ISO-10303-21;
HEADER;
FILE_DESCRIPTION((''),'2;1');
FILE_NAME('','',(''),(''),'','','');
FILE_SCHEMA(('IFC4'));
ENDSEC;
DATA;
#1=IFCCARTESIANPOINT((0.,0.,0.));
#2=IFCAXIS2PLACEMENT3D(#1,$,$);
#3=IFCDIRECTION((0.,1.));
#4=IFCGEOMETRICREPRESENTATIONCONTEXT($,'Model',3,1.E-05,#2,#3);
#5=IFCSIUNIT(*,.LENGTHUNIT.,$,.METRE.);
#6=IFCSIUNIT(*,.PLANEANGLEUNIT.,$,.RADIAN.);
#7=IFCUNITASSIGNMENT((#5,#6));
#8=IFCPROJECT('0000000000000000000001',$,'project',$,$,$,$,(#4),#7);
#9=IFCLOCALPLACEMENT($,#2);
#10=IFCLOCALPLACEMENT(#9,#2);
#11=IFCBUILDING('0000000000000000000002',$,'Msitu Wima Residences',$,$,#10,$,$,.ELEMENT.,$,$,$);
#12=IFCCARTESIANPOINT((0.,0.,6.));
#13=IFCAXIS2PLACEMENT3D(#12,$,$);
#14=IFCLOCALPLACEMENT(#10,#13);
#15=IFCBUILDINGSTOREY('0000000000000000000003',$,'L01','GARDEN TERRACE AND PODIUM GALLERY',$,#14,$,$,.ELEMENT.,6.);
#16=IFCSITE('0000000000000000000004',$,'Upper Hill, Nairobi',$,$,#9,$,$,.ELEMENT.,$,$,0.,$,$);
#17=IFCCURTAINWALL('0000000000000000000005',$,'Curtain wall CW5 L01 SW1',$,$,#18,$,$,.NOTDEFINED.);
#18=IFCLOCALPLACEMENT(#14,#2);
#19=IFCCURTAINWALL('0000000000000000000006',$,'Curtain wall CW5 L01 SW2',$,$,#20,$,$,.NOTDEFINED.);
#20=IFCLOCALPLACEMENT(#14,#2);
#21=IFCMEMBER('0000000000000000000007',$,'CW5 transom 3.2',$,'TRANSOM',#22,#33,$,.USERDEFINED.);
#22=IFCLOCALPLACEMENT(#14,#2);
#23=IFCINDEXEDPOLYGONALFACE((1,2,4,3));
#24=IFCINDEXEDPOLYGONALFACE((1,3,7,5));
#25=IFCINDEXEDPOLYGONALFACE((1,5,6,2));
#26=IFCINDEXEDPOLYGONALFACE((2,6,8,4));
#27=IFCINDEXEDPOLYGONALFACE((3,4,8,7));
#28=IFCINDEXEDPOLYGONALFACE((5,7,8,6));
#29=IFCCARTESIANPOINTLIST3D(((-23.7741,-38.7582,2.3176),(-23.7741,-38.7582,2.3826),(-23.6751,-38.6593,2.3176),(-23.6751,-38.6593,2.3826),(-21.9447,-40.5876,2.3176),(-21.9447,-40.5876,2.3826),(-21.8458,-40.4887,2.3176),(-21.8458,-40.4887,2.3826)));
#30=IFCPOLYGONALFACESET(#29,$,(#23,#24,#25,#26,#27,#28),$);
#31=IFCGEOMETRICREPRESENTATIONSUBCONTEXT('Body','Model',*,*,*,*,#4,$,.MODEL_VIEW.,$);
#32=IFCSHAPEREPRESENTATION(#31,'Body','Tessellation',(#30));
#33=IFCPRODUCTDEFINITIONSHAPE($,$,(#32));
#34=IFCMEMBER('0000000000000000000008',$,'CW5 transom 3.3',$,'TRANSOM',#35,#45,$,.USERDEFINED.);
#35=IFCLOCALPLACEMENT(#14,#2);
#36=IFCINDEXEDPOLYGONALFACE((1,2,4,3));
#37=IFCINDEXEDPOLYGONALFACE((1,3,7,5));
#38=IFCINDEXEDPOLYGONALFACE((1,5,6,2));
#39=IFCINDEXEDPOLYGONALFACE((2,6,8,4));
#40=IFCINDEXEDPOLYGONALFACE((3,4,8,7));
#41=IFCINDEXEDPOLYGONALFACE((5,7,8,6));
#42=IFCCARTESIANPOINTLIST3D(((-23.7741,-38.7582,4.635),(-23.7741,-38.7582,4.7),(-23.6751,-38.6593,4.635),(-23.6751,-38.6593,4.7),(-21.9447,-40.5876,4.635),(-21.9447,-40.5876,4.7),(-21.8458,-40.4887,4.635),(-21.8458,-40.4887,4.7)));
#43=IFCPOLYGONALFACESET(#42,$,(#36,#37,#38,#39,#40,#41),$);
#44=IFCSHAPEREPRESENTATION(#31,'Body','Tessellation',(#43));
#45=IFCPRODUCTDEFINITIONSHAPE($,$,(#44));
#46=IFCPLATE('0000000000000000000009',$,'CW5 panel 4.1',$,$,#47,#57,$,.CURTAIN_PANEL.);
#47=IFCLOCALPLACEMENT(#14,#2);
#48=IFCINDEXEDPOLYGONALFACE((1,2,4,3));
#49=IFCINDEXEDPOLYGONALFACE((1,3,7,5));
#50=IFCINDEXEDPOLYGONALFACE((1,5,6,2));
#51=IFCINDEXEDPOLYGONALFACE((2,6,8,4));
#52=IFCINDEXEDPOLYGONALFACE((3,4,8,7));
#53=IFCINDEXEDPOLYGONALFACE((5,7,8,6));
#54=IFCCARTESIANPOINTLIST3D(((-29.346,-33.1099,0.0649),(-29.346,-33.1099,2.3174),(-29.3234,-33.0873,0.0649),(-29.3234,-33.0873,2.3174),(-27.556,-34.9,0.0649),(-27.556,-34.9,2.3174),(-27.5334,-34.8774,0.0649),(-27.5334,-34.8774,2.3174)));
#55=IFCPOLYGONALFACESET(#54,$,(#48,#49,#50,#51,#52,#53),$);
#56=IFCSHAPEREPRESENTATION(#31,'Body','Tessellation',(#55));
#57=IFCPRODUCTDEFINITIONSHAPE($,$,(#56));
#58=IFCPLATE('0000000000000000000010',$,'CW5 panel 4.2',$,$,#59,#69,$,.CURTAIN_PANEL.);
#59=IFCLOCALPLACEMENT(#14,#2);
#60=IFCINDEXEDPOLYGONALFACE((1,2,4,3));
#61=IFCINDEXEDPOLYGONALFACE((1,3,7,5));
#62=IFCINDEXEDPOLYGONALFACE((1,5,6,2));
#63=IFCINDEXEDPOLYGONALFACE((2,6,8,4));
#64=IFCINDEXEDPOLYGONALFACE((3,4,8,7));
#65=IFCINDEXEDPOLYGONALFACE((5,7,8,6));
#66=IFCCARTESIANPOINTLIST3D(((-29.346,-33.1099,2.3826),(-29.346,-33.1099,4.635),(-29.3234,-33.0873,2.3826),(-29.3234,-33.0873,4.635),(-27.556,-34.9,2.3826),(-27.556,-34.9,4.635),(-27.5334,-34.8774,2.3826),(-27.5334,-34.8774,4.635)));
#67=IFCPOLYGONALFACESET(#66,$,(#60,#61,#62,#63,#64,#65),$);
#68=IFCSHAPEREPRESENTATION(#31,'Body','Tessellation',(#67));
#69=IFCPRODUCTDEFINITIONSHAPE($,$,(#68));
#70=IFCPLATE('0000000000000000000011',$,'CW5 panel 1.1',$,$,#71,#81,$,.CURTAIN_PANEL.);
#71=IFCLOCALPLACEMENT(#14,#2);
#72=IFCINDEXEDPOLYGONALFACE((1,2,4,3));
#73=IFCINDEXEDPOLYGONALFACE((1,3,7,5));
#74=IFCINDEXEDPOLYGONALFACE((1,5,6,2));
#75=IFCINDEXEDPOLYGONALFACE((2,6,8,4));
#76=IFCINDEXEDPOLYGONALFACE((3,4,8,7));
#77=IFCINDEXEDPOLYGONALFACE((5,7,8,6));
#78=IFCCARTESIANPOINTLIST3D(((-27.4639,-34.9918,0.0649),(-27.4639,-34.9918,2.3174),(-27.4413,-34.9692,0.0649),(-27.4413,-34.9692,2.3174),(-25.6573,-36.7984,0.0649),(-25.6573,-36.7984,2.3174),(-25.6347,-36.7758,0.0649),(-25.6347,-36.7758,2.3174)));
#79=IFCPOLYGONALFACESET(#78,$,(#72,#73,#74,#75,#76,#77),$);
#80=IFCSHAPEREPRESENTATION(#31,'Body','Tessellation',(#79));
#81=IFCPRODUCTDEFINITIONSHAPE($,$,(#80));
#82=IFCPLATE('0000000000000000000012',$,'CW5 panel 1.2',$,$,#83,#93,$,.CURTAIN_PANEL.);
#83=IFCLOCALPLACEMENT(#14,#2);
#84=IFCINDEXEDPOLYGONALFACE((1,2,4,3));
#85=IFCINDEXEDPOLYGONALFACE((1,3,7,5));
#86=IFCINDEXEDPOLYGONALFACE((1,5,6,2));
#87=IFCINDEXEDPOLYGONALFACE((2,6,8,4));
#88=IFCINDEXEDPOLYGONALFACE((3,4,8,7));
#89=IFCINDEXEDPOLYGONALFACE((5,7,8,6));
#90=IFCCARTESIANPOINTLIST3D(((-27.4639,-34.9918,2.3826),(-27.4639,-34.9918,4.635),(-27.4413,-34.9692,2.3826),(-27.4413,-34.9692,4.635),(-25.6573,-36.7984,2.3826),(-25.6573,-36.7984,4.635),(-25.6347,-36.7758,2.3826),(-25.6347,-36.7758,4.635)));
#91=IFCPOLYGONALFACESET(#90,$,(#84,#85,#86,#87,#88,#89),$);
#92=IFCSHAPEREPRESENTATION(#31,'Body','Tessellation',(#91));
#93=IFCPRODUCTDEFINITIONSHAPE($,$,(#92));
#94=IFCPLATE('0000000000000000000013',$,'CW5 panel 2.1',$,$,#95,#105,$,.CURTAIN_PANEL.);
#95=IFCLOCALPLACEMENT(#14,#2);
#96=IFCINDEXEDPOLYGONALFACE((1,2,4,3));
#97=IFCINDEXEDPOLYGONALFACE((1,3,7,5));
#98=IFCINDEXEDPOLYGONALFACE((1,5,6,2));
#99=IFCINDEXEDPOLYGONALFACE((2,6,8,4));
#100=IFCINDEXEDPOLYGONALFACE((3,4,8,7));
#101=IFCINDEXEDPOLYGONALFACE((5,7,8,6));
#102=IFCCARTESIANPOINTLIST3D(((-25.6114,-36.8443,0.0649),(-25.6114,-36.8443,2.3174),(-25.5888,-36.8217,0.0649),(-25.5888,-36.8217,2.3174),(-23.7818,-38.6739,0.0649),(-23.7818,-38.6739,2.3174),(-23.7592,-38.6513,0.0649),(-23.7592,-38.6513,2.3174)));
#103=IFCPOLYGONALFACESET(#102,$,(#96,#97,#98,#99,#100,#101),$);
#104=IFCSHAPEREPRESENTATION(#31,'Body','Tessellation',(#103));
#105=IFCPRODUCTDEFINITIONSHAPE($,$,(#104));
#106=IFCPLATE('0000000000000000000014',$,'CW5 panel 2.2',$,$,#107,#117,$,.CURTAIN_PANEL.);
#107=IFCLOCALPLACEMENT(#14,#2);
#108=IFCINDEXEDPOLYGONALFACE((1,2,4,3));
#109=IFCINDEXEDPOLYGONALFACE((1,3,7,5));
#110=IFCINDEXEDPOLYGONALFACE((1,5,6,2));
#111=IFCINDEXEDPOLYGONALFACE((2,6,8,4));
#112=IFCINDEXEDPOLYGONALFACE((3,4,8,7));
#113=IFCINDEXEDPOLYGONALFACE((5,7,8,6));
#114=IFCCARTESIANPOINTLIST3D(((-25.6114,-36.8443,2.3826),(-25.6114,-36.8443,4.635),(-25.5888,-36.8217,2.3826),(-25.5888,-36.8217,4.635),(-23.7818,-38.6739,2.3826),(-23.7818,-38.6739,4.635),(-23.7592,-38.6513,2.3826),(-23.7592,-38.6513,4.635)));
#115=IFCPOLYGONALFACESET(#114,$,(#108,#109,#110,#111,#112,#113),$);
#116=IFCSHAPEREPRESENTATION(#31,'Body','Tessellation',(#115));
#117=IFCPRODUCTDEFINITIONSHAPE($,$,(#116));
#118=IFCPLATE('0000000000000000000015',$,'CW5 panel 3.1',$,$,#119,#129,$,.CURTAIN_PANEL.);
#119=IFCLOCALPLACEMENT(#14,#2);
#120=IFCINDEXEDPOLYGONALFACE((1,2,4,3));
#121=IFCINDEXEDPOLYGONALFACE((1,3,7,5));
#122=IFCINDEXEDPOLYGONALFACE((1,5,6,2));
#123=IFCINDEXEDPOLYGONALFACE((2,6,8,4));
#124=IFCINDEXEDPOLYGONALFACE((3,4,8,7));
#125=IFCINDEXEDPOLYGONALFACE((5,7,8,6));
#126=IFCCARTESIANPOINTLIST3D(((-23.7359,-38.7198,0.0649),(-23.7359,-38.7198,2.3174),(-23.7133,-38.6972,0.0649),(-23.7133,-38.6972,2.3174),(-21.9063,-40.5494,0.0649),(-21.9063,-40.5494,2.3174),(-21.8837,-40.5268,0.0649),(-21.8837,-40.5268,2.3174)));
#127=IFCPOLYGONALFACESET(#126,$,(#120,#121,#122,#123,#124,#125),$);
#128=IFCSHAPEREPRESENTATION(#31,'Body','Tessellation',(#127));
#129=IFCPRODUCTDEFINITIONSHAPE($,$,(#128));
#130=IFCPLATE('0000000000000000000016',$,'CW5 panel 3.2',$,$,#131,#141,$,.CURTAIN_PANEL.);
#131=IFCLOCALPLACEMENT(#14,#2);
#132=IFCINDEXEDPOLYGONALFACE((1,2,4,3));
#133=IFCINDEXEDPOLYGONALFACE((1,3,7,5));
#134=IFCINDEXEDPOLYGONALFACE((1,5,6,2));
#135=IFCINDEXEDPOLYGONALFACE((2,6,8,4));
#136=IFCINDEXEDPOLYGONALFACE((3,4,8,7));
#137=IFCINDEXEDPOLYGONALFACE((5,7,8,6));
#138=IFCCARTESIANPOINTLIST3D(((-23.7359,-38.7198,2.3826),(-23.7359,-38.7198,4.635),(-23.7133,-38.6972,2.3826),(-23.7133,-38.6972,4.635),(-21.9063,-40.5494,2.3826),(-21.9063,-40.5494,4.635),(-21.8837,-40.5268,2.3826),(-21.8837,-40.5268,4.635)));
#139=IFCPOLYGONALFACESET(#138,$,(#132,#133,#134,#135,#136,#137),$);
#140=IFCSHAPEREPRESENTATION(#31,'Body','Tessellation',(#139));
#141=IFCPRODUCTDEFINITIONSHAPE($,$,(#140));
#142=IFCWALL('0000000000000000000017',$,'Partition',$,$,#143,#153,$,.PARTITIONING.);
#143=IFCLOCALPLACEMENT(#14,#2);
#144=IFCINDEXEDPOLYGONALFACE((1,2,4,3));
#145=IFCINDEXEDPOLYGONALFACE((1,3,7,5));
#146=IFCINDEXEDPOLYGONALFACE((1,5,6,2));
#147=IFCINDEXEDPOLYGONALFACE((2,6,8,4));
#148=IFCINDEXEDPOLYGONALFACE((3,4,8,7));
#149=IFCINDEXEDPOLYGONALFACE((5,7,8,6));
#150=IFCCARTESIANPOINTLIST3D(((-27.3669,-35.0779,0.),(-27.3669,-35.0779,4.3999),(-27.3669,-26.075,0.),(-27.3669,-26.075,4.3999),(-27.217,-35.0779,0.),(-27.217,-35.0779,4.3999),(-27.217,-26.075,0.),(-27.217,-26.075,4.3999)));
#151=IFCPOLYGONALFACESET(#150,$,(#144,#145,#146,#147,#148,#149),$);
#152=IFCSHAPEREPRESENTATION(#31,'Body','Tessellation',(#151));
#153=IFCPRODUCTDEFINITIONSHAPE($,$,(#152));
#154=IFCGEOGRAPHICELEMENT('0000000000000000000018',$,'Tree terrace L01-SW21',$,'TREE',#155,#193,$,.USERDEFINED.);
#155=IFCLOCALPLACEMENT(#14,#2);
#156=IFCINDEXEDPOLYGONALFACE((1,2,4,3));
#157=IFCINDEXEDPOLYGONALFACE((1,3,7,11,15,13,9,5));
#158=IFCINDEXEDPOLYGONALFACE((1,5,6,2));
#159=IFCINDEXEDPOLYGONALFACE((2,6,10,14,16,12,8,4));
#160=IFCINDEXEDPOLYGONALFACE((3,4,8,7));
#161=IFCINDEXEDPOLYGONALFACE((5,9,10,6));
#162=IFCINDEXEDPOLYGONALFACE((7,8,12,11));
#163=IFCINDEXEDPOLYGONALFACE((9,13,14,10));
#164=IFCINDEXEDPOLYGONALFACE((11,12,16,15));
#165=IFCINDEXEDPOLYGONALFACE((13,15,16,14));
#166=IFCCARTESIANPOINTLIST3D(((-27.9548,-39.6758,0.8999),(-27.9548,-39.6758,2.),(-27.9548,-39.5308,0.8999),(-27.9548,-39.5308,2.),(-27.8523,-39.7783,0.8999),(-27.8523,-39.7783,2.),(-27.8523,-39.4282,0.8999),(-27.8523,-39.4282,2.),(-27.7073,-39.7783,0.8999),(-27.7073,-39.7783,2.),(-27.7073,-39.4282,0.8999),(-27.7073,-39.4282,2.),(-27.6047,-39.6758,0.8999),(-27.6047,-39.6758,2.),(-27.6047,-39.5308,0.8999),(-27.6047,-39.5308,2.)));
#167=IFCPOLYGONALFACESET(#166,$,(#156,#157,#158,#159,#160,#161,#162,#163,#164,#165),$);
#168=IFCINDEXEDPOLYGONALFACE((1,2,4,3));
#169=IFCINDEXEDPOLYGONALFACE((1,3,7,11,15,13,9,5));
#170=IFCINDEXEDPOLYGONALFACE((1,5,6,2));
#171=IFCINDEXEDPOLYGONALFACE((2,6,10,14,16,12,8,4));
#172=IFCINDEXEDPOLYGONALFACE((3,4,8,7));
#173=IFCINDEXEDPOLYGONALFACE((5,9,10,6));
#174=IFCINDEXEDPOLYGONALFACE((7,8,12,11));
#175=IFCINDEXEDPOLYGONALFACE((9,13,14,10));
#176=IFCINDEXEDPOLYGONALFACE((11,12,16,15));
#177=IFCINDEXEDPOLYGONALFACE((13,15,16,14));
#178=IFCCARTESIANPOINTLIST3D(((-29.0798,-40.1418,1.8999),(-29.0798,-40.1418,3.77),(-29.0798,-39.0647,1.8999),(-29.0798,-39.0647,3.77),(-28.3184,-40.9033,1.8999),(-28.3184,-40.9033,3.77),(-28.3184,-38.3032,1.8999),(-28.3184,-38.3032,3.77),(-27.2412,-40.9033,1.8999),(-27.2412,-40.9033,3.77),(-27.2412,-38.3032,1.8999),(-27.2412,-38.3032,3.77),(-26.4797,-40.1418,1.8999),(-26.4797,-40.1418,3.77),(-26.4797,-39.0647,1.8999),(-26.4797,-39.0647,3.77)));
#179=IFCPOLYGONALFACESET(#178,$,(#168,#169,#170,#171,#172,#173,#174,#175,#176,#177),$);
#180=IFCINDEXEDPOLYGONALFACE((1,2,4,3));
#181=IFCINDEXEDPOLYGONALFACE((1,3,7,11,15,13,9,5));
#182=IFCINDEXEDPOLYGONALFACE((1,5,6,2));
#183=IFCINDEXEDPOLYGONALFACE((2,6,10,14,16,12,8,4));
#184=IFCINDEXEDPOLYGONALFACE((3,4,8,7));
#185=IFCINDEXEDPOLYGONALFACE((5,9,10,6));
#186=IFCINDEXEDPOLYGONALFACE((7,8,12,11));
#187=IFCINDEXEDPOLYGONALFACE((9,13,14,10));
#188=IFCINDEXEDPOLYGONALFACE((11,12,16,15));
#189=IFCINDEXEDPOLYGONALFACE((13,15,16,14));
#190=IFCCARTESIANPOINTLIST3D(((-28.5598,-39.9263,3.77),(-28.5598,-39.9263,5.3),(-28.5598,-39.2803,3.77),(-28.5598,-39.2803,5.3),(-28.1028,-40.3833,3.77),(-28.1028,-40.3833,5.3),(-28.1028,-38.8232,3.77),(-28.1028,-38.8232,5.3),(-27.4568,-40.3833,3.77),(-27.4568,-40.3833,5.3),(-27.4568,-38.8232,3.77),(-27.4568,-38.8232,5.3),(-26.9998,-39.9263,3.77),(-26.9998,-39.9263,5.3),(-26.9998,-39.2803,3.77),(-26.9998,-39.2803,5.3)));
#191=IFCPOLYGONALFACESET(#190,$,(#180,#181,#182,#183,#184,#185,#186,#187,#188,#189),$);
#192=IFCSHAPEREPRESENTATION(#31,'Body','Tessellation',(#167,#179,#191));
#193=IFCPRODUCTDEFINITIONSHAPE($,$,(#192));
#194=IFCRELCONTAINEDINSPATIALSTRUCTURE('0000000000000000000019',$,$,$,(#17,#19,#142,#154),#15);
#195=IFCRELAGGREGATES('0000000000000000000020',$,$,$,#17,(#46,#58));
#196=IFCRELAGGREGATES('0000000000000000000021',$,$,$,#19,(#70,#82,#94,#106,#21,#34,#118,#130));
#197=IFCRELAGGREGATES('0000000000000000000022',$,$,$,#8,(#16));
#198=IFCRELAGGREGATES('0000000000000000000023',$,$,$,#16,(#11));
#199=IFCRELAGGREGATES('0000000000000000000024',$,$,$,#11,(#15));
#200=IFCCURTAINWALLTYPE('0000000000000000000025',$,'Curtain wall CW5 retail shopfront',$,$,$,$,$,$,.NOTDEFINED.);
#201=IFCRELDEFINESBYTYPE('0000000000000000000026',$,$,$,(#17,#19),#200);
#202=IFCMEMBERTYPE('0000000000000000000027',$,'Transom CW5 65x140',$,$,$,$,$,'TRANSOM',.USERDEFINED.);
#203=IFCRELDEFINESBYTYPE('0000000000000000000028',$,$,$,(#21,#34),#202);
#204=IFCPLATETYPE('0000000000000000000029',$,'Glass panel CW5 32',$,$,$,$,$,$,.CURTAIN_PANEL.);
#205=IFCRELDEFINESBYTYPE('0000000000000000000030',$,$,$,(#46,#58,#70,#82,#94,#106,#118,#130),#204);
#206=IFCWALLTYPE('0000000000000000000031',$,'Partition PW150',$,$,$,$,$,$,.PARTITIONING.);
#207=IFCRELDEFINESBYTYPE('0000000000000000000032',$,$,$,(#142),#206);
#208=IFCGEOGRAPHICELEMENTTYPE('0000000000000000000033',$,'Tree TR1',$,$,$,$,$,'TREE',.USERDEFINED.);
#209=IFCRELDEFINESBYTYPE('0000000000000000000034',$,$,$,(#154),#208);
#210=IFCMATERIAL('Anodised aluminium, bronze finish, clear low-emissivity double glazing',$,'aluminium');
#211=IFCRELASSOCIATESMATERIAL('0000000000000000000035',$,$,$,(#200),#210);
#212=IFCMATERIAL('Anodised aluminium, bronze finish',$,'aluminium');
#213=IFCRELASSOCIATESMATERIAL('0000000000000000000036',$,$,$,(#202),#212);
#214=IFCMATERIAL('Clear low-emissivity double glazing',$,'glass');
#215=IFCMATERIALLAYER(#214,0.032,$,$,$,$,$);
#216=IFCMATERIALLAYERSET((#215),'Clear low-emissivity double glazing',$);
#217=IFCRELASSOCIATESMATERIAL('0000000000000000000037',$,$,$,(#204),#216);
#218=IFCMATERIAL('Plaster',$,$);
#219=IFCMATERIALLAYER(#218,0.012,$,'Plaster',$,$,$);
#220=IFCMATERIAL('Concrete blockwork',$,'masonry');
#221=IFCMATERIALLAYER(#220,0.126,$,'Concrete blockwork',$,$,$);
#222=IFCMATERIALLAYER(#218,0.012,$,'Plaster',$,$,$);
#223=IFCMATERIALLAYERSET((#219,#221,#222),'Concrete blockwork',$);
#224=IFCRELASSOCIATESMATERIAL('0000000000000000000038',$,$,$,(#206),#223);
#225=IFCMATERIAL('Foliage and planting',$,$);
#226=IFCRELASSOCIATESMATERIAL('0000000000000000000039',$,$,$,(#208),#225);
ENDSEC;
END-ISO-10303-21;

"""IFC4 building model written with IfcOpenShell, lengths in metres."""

from ifc_helpers import new_model, si_unit, direction, frame, frame_2d, origin, origin_2d, place, context, subcontext, project, spatial, polyline, rectangle, outline, extrude, material, layer, layer_set, material_profile, profile_set, type_object, element, aggregate, save


model = new_model("IFC4")

# Units and contexts
model_context = context("Model", 3, precision=1e-05, world=origin(), true_north=direction((0.0, 1.0)))
body_context = subcontext(model_context, "Body", "Model", "MODEL_VIEW")
ifc_project = project(units=[si_unit("LENGTHUNIT", "METRE"), si_unit("PLANEANGLEUNIT", "RADIAN")], contexts=[model_context])

# Site, building, storey
site_placement = place(None, origin())
site = spatial("IfcSite", under=ifc_project, at=site_placement, Name="Upper Hill, Nairobi", CompositionType="ELEMENT", RefElevation=0.0)
building_placement = place(site_placement, origin())
building = spatial("IfcBuilding", under=site, at=building_placement, Name="Msitu Wima Residences", CompositionType="ELEMENT")
storey_placement = place(building_placement, frame((0.0, 0.0, 6.0)))
storey = spatial("IfcBuildingStorey", under=building, at=storey_placement, Name="L01", Description="GARDEN TERRACE AND PODIUM GALLERY", CompositionType="ELEMENT", Elevation=6.0)

# Curtain wall
ifc_material_1 = material(Name="Anodised aluminium, bronze finish, clear low-emissivity double glazing", Category="aluminium")
curtain_wall_type = type_object("IfcCurtainWallType", Name="Curtain wall CW5 retail shopfront", PredefinedType="NOTDEFINED", material=ifc_material_1)
curtain_wall_1_placement = place(storey_placement, origin())
curtain_wall_1 = element("IfcCurtainWall", 1, at=curtain_wall_1_placement, inside=storey, type_object=curtain_wall_type, Name="Curtain wall CW5 L01 SW1", PredefinedType="NOTDEFINED")
ifc_material_2 = material(Name="Anodised aluminium, bronze finish", Category="aluminium")

# Curtain wall
curtain_wall_2_placement = place(storey_placement, origin())
curtain_wall_2 = element("IfcCurtainWall", 2, at=curtain_wall_2_placement, inside=storey, type_object=curtain_wall_type, Name="Curtain wall CW5 L01 SW2", PredefinedType="NOTDEFINED")

# Members
ifc_material_profile_1 = material_profile(ifc_material_2, rectangle(XDim=0.1399, YDim=0.0649, at=origin_2d()), Name="Transom 65x140")
ifc_profile_set_1 = profile_set([ifc_material_profile_1], Name="Anodised aluminium, bronze finish")
member_type_1 = type_object("IfcMemberType", Name="Transom CW5 65x140", ElementType="TRANSOM", PredefinedType="USERDEFINED", material=ifc_profile_set_1)
member_1_placement = place(storey_placement, frame((-23.7246, -38.7087, 2.3501), z_axis=(0.707107, -0.707107, 0.0), x_axis=(0.707107, 0.707107, 0.0)))
member_1 = element("IfcMember", 3, at=member_1_placement, type_object=member_type_1, Name="CW5 transom 3.2", ObjectType="TRANSOM", PredefinedType="USERDEFINED", context=body_context, shape_type="SweptSolid", body=[
    extrude(rectangle(XDim=0.1399, YDim=0.0649, at=origin_2d()), origin(), (0.0, 0.0, 1.0), 2.5872),
])
member_2_placement = place(storey_placement, frame((-23.7246, -38.7087, 4.6675), z_axis=(0.707107, -0.707107, 0.0), x_axis=(0.707107, 0.707107, 0.0)))
member_2 = element("IfcMember", 4, at=member_2_placement, type_object=member_type_1, Name="CW5 transom 3.3", ObjectType="TRANSOM", PredefinedType="USERDEFINED", context=body_context, shape_type="SweptSolid", body=[
    extrude(rectangle(XDim=0.1399, YDim=0.0649, at=origin_2d()), origin(), (0.0, 0.0, 1.0), 2.5872),
])

# Plates
ifc_material_3 = material(Name="Clear low-emissivity double glazing", Category="glass")
ifc_layer_1 = layer(ifc_material_3, 0.032)
ifc_layer_set_1 = layer_set([ifc_layer_1], Name="Clear low-emissivity double glazing")
plate_type = type_object("IfcPlateType", Name="Glass panel CW5 32", PredefinedType="CURTAIN_PANEL", material=ifc_layer_set_1)
plate_1_placement = place(storey_placement, frame((-28.4397, -33.9937, 0.0649), z_axis=(0.0, 0.0, 1.0), x_axis=(0.707107, -0.707107, 0.0)))
plate_1 = element("IfcPlate", 5, at=plate_1_placement, type_object=plate_type, Name="CW5 panel 4.1", PredefinedType="CURTAIN_PANEL", context=body_context, shape_type="SweptSolid", body=[
    extrude(rectangle(XDim=2.5315, YDim=0.032, at=origin_2d()), origin(), (0.0, 0.0, 1.0), 2.2524),
])
plate_2_placement = place(storey_placement, frame((-28.4397, -33.9937, 2.3826), z_axis=(0.0, 0.0, 1.0), x_axis=(0.707107, -0.707107, 0.0)))
plate_2 = element("IfcPlate", 6, at=plate_2_placement, type_object=plate_type, Name="CW5 panel 4.2", PredefinedType="CURTAIN_PANEL", context=body_context, shape_type="SweptSolid", body=[
    extrude(rectangle(XDim=2.5315, YDim=0.032, at=origin_2d()), origin(), (0.0, 0.0, 1.0), 2.2524),
])
aggregate(curtain_wall_1, [plate_1, plate_2])
plate_3_placement = place(storey_placement, frame((-26.5493, -35.8838, 0.0649), z_axis=(0.0, 0.0, 1.0), x_axis=(0.707107, -0.707107, 0.0)))
plate_3 = element("IfcPlate", 7, at=plate_3_placement, type_object=plate_type, Name="CW5 panel 1.1", PredefinedType="CURTAIN_PANEL", context=body_context, shape_type="SweptSolid", body=[
    extrude(rectangle(XDim=2.5549, YDim=0.032, at=origin_2d()), origin(), (0.0, 0.0, 1.0), 2.2524),
])
plate_4_placement = place(storey_placement, frame((-26.5493, -35.8838, 2.3826), z_axis=(0.0, 0.0, 1.0), x_axis=(0.707107, -0.707107, 0.0)))
plate_4 = element("IfcPlate", 8, at=plate_4_placement, type_object=plate_type, Name="CW5 panel 1.2", PredefinedType="CURTAIN_PANEL", context=body_context, shape_type="SweptSolid", body=[
    extrude(rectangle(XDim=2.5549, YDim=0.032, at=origin_2d()), origin(), (0.0, 0.0, 1.0), 2.2524),
])
plate_5_placement = place(storey_placement, frame((-24.6853, -37.7478, 0.0649), z_axis=(0.0, 0.0, 1.0), x_axis=(0.707107, -0.707107, 0.0)))
plate_5 = element("IfcPlate", 9, at=plate_5_placement, type_object=plate_type, Name="CW5 panel 2.1", PredefinedType="CURTAIN_PANEL", context=body_context, shape_type="SweptSolid", body=[
    extrude(rectangle(XDim=2.5874, YDim=0.032, at=origin_2d()), origin(), (0.0, 0.0, 1.0), 2.2524),
])
plate_6_placement = place(storey_placement, frame((-24.6853, -37.7478, 2.3826), z_axis=(0.0, 0.0, 1.0), x_axis=(0.707107, -0.707107, 0.0)))
plate_6 = element("IfcPlate", 10, at=plate_6_placement, type_object=plate_type, Name="CW5 panel 2.2", PredefinedType="CURTAIN_PANEL", context=body_context, shape_type="SweptSolid", body=[
    extrude(rectangle(XDim=2.5874, YDim=0.032, at=origin_2d()), origin(), (0.0, 0.0, 1.0), 2.2524),
])
plate_7_placement = place(storey_placement, frame((-22.8098, -39.6233, 0.0649), z_axis=(0.0, 0.0, 1.0), x_axis=(0.707107, -0.707107, 0.0)))
plate_7 = element("IfcPlate", 11, at=plate_7_placement, type_object=plate_type, Name="CW5 panel 3.1", PredefinedType="CURTAIN_PANEL", context=body_context, shape_type="SweptSolid", body=[
    extrude(rectangle(XDim=2.5874, YDim=0.032, at=origin_2d()), origin(), (0.0, 0.0, 1.0), 2.2524),
])
plate_8_placement = place(storey_placement, frame((-22.8098, -39.6233, 2.3826), z_axis=(0.0, 0.0, 1.0), x_axis=(0.707107, -0.707107, 0.0)))
plate_8 = element("IfcPlate", 12, at=plate_8_placement, type_object=plate_type, Name="CW5 panel 3.2", PredefinedType="CURTAIN_PANEL", context=body_context, shape_type="SweptSolid", body=[
    extrude(rectangle(XDim=2.5874, YDim=0.032, at=origin_2d()), origin(), (0.0, 0.0, 1.0), 2.2524),
])
aggregate(curtain_wall_2, [plate_3, plate_4, plate_5, plate_6, member_1, member_2, plate_7, plate_8])

# Wall
ifc_material_4 = material(Name="Plaster")
ifc_layer_2 = layer(ifc_material_4, 0.012, Name="Plaster")
ifc_material_5 = material(Name="Concrete blockwork", Category="masonry")
ifc_layer_3 = layer(ifc_material_5, 0.126, Name="Concrete blockwork")
ifc_layer_4 = layer(ifc_material_4, 0.012, Name="Plaster")
ifc_layer_set_2 = layer_set([ifc_layer_2, ifc_layer_3, ifc_layer_4], Name="Concrete blockwork")
wall_type = type_object("IfcWallType", Name="Partition PW150", PredefinedType="PARTITIONING", material=ifc_layer_set_2)
wall_placement = place(storey_placement, frame((-27.292, -35.0779, 0.0), z_axis=(0.0, 0.0, 1.0), x_axis=(0.0, 1.0, 0.0)))
element("IfcWall", 13, at=wall_placement, inside=storey, type_object=wall_type, Name="Partition", PredefinedType="PARTITIONING", context=body_context, shape_type="SweptSolid", body=[
    extrude(rectangle(XDim=9.0029, YDim=0.1499, at=frame_2d((4.5015, 0.0))), origin(), (0.0, 0.0, 1.0), 4.3999),
])

# Geographic element
ifc_material_6 = material(Name="Foliage and planting")
geographic_element_type = type_object("IfcGeographicElementType", Name="Tree TR1", ElementType="TREE", PredefinedType="USERDEFINED", material=ifc_material_6)
for number, where, z_axis, x_axis, name in (
    (14, (-27.7798, -39.6033, 0.8999), (0.0, 0.0, 1.0), (1.0, 0.0, 0.0), "Tree terrace L01-SW21"),
):
    element("IfcGeographicElement", number, at=place(storey_placement, frame(where, z_axis=z_axis, x_axis=x_axis)), inside=storey, type_object=geographic_element_type, Name=name, ObjectType="TREE", PredefinedType="USERDEFINED", context=body_context, shape_type="SweptSolid", body=[
        extrude(outline(polyline([(0.175, 0.0725), (0.0725, 0.175), (-0.0725, 0.175), (-0.175, 0.0725), (-0.175, -0.0725), (-0.0725, -0.175), (0.0725, -0.175), (0.175, -0.0725), (0.175, 0.0725)])), origin(), (0.0, 0.0, 1.0), 1.1001),
        extrude(outline(polyline([(1.3, 0.5386), (0.5386, 1.3), (-0.5386, 1.3), (-1.3, 0.5386), (-1.3, -0.5386), (-0.5386, -1.3), (0.5386, -1.3), (1.3, -0.5386), (1.3, 0.5386)])), frame((0.0, 0.0, 1.0)), (0.0, 0.0, 1.0), 1.8701),
        extrude(outline(polyline([(0.78, 0.323), (0.323, 0.78), (-0.323, 0.78), (-0.78, 0.323), (-0.78, -0.323), (-0.323, -0.78), (0.323, -0.78), (0.78, -0.323), (0.78, 0.323)])), frame((0.0, 0.0, 2.8701)), (0.0, 0.0, 1.0), 1.53),
    ])

save(model, "model.ifc")
